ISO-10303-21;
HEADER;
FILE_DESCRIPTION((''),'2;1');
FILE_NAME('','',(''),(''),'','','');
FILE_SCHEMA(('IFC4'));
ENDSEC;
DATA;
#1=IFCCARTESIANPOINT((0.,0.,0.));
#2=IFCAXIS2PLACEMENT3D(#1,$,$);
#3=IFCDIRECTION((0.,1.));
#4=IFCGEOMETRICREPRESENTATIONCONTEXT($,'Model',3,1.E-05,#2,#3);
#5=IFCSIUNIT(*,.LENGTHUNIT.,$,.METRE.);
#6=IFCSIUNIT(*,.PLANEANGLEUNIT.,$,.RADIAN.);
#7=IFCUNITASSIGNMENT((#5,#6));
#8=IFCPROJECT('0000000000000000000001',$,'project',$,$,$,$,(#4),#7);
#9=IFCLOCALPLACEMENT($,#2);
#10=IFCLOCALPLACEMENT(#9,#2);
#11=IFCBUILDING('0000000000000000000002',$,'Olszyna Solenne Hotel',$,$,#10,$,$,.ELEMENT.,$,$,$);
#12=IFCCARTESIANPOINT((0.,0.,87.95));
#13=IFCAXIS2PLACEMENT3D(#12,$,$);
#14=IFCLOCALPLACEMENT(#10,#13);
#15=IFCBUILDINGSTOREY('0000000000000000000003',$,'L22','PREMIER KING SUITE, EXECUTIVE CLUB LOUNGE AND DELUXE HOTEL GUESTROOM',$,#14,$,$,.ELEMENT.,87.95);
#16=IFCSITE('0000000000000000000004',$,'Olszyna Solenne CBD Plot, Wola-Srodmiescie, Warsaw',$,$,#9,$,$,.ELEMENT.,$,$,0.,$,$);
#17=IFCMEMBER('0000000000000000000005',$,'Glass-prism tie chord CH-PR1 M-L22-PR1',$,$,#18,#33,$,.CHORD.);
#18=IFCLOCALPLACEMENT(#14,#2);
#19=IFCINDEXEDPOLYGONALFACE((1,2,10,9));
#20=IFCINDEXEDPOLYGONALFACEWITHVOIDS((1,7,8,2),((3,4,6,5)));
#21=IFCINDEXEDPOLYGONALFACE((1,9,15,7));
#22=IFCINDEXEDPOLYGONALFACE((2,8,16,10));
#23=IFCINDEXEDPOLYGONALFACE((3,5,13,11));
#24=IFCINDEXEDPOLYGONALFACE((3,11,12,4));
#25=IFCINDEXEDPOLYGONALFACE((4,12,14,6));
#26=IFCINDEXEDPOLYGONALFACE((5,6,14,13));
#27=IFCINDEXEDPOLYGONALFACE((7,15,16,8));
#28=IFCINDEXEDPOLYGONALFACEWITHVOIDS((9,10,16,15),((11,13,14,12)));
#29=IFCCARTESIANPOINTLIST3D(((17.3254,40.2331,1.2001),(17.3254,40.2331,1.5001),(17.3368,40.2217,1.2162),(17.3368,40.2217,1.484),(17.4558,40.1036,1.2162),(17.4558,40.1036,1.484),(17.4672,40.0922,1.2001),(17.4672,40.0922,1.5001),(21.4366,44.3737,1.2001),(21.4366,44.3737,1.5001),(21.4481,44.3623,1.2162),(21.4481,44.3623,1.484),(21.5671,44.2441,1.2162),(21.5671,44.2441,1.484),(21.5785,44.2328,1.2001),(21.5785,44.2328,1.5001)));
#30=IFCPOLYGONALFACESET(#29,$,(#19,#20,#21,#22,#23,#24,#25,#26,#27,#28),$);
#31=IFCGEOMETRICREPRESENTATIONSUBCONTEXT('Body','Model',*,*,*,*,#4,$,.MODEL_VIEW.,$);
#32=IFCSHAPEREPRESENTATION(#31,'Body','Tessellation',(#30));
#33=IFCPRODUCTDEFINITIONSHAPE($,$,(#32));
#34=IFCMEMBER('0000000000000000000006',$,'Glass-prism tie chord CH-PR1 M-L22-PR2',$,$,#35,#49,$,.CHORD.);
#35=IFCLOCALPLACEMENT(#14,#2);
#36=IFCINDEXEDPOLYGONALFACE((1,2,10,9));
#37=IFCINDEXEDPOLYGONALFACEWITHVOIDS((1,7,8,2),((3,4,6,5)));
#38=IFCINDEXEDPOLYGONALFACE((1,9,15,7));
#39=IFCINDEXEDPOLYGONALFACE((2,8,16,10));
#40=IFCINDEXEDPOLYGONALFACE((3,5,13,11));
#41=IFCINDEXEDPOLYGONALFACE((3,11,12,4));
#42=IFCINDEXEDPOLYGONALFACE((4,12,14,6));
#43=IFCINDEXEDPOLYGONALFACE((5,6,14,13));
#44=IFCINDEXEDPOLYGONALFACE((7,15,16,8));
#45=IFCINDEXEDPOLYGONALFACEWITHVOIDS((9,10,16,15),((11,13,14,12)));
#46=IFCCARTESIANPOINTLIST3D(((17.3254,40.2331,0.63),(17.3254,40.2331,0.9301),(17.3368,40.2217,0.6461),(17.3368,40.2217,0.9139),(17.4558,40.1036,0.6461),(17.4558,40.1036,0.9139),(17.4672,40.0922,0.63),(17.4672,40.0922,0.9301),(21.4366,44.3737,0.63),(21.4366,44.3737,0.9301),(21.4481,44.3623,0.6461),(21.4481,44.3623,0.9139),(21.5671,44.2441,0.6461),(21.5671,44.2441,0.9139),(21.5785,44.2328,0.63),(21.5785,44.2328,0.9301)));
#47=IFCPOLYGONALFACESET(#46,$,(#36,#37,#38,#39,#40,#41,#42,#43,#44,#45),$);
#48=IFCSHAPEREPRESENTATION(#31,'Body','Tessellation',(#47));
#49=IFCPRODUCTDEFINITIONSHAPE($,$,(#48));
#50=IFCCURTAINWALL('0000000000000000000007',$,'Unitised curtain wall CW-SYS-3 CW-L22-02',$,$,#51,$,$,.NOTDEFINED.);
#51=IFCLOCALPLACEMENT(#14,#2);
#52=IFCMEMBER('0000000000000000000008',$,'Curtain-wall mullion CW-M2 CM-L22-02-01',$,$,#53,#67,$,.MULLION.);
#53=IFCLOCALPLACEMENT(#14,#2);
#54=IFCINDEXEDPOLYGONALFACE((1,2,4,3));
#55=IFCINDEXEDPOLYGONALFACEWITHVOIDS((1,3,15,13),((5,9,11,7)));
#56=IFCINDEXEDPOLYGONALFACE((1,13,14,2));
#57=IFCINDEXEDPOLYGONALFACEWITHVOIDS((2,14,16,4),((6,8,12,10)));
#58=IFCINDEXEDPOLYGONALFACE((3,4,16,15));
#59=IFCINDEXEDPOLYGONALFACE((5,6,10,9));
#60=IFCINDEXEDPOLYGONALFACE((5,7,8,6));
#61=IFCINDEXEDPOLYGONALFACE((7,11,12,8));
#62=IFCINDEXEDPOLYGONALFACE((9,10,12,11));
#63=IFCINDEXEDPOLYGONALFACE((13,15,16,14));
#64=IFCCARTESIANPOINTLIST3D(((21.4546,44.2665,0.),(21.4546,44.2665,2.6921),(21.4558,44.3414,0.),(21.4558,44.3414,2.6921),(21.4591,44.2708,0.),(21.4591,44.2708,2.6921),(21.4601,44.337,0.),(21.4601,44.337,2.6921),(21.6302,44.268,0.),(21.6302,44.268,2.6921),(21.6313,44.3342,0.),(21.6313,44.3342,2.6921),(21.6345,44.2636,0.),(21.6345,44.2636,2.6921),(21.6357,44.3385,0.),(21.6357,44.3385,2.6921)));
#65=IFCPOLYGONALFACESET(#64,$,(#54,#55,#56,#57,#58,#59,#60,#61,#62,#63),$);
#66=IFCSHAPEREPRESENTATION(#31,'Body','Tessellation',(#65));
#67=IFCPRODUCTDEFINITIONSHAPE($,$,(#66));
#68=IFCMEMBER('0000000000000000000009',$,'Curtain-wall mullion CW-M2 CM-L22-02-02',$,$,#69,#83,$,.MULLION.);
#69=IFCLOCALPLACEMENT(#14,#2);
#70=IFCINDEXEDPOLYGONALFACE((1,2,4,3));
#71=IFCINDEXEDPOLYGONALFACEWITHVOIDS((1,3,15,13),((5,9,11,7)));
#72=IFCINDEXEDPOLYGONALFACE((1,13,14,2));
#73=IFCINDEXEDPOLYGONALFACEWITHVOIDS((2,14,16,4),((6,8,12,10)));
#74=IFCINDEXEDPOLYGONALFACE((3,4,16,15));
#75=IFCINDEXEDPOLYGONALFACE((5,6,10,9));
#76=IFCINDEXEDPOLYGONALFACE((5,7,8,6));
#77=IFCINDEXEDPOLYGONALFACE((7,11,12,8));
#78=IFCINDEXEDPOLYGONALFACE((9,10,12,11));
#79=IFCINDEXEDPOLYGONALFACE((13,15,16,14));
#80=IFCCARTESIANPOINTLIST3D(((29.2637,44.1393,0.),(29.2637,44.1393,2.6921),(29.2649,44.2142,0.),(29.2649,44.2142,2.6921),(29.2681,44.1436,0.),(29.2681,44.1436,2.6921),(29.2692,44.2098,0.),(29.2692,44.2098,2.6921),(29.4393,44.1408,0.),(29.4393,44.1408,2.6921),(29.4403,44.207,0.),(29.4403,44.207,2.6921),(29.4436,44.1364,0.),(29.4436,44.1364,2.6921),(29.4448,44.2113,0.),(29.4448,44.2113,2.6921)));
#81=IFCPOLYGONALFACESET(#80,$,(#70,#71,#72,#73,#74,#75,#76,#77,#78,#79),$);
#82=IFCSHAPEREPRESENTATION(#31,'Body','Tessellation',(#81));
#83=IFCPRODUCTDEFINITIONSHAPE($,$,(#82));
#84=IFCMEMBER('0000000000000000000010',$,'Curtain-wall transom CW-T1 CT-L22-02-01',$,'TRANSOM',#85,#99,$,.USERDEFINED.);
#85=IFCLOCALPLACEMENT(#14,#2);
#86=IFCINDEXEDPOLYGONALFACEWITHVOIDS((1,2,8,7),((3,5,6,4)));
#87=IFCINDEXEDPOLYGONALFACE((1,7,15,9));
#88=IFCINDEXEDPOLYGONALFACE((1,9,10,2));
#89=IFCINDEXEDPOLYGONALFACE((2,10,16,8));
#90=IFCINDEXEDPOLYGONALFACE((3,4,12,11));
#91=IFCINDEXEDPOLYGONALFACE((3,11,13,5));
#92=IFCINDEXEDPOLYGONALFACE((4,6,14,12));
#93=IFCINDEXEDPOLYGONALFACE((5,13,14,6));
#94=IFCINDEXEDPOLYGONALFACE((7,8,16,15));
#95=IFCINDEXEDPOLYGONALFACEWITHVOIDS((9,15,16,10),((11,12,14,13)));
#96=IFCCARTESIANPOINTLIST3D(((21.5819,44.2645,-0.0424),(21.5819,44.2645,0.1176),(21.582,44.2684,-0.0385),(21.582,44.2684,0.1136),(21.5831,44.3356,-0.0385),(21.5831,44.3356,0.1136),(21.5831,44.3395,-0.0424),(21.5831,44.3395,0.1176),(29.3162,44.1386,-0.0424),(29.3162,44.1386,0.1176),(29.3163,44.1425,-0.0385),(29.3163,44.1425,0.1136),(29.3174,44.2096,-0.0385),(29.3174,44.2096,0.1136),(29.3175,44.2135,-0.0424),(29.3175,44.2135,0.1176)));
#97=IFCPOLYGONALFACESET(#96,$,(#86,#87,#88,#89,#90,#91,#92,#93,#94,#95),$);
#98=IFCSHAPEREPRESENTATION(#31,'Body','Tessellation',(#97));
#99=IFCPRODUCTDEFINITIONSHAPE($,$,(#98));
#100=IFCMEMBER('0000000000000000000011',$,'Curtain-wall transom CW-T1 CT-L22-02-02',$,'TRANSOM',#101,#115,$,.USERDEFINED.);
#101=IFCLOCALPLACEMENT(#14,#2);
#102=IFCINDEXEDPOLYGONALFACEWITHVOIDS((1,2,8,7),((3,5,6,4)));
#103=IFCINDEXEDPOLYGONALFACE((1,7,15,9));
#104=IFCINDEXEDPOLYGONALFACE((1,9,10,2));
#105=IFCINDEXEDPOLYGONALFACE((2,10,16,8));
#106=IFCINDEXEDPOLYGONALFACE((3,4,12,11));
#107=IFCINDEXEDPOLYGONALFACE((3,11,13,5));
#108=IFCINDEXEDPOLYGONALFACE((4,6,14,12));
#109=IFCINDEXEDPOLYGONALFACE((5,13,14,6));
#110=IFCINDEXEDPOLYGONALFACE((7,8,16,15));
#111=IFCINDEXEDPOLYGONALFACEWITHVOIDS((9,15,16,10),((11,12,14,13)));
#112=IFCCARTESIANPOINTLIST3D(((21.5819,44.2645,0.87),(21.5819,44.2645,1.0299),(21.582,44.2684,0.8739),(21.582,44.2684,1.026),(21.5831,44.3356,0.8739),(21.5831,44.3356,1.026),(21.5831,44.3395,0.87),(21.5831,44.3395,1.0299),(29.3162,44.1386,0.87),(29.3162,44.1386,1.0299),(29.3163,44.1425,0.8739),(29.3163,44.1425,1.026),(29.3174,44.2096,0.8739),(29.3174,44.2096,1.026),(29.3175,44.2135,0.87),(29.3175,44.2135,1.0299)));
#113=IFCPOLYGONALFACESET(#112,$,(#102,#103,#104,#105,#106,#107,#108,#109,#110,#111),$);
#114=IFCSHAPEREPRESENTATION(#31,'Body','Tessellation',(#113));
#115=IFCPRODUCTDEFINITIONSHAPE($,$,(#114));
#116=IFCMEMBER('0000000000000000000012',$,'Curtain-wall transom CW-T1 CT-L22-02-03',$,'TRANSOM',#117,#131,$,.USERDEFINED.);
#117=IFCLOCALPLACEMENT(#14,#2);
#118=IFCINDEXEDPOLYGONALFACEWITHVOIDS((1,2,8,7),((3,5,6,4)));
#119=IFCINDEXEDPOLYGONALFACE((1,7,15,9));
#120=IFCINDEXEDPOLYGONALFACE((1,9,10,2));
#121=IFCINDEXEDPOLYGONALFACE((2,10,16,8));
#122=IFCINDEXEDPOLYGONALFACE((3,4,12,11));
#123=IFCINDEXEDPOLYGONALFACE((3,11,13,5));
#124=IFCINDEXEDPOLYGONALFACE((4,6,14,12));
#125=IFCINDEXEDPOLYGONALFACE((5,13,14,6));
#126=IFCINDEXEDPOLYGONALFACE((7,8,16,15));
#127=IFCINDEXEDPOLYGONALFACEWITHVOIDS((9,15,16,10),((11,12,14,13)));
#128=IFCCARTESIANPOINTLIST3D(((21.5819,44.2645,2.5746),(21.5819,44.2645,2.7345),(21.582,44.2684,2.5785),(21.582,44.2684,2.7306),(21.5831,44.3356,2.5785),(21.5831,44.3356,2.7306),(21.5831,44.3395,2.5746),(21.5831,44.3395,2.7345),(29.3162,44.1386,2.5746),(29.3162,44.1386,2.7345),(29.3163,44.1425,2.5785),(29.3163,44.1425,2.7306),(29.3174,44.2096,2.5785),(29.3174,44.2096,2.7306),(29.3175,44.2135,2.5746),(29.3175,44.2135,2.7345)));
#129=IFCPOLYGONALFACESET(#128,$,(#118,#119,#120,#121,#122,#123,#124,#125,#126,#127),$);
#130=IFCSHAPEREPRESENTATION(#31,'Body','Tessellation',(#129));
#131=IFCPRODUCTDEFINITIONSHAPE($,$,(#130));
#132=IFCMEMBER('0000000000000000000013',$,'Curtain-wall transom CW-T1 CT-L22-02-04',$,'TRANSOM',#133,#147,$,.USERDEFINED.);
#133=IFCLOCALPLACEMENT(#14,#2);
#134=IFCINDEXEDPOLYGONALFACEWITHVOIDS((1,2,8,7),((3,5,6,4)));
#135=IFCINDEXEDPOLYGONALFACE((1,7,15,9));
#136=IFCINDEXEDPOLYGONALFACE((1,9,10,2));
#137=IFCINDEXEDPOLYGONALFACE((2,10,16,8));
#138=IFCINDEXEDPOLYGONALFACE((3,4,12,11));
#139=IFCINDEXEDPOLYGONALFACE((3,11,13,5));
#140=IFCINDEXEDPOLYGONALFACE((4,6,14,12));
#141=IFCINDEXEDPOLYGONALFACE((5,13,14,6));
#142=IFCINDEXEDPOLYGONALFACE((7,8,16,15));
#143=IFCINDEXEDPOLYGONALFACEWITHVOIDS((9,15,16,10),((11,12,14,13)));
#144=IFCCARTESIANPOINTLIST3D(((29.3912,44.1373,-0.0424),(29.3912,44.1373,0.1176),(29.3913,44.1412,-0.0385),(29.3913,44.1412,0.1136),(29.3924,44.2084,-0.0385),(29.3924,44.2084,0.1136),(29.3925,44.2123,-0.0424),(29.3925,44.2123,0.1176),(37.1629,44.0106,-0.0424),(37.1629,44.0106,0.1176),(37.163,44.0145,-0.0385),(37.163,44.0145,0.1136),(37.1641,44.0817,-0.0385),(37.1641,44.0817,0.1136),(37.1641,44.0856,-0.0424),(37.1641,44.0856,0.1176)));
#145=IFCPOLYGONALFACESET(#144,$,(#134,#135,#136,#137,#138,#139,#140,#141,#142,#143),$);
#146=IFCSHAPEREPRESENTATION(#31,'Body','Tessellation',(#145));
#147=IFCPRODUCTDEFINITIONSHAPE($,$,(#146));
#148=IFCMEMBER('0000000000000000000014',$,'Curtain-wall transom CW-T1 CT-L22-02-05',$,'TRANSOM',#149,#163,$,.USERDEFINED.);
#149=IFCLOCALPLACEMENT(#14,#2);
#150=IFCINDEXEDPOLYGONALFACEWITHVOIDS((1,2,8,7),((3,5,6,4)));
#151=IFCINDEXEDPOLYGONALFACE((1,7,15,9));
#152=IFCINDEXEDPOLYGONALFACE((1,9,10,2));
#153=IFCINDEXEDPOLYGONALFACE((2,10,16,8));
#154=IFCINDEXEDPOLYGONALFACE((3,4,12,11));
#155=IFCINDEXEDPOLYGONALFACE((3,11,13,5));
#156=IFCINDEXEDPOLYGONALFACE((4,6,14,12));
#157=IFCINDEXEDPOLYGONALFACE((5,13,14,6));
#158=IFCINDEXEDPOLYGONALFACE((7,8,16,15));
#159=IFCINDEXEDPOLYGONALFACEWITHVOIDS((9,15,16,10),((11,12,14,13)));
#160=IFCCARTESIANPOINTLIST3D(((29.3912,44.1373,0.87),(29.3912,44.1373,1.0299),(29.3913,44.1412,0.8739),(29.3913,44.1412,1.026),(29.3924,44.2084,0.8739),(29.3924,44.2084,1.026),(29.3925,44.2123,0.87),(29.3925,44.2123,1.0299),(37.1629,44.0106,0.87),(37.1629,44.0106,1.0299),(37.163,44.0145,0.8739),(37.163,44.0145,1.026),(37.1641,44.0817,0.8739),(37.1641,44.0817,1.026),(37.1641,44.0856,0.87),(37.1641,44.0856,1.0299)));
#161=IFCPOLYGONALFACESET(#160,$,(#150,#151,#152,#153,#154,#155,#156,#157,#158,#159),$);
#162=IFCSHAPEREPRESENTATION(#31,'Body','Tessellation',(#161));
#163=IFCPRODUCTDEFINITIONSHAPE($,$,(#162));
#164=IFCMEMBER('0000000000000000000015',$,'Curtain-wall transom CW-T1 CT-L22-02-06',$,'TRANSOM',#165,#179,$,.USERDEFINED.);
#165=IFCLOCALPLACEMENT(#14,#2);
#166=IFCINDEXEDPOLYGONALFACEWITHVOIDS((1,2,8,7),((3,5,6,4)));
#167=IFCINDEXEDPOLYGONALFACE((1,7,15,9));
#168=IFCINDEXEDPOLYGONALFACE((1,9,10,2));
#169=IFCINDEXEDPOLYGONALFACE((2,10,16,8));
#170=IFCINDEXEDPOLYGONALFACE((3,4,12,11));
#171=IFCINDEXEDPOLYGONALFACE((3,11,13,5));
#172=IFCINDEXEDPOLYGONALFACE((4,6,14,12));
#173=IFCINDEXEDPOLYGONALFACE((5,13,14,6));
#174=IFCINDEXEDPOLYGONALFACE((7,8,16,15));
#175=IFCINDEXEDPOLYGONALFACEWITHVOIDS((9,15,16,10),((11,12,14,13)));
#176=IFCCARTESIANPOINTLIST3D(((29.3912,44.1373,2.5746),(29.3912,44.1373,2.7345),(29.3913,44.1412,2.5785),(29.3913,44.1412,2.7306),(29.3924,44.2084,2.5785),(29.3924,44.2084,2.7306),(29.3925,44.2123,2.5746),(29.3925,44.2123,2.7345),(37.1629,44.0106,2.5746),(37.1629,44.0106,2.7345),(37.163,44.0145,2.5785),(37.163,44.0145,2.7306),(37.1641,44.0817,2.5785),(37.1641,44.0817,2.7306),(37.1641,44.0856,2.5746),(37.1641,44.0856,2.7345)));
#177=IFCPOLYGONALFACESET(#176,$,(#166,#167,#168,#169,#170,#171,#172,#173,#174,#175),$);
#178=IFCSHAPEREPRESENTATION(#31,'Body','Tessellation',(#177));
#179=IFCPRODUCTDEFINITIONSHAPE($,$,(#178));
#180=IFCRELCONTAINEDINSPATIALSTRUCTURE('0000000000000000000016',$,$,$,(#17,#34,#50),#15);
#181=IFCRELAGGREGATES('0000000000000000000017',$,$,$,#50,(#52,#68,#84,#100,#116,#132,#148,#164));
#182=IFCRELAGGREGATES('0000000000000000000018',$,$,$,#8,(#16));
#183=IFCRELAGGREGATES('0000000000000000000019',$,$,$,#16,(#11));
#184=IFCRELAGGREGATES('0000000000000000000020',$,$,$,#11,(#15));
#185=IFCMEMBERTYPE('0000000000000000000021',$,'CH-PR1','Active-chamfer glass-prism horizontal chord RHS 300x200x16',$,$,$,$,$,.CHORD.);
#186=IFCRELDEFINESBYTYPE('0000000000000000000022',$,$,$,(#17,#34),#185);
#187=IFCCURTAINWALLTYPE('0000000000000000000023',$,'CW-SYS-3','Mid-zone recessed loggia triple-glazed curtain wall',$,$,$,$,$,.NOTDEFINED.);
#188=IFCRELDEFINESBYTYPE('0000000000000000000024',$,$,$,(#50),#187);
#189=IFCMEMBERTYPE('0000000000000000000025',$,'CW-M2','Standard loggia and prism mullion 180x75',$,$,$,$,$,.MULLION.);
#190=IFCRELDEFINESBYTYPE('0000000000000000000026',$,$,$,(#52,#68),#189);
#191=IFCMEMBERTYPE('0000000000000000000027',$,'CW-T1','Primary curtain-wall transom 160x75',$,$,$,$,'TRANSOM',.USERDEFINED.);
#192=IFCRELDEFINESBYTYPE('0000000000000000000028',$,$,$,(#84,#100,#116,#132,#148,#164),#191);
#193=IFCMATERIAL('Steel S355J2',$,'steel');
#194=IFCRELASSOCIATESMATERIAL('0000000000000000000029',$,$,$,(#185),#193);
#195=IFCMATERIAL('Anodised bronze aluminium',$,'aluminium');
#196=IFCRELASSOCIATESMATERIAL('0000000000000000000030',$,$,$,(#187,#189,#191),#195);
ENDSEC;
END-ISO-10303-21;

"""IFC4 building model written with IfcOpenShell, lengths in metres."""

from ifc_helpers import new_model, si_unit, direction, frame, origin, origin_2d, place, context, subcontext, project, spatial, hollow_rectangle, extrude, source, transform, mapped, material, material_profile, profile_set, type_object, element, aggregate, save


model = new_model("IFC4")

# Units and contexts
model_context = context("Model", 3, precision=1e-05, world=origin(), true_north=direction((0.0, 1.0)))
body_context = subcontext(model_context, "Body", "Model", "MODEL_VIEW")
ifc_project = project(units=[si_unit("LENGTHUNIT", "METRE"), si_unit("PLANEANGLEUNIT", "RADIAN")], contexts=[model_context])

# Site, building, storey
site_placement = place(None, origin())
site = spatial("IfcSite", under=ifc_project, at=site_placement, Name="Olszyna Solenne CBD Plot, Wola-Srodmiescie, Warsaw", CompositionType="ELEMENT", RefElevation=0.0)
building_placement = place(site_placement, origin())
building = spatial("IfcBuilding", under=site, at=building_placement, Name="Olszyna Solenne Hotel", CompositionType="ELEMENT")
storey_placement = place(building_placement, frame((0.0, 0.0, 87.95)))
storey = spatial("IfcBuildingStorey", under=building, at=storey_placement, Name="L22", Description="PREMIER KING SUITE, EXECUTIVE CLUB LOUNGE AND DELUXE HOTEL GUESTROOM", CompositionType="ELEMENT", Elevation=87.95)

# Shared definitions
ifc_material_1 = material(Name="Steel S355J2", Category="steel")

# Members
ifc_material_profile_1 = material_profile(ifc_material_1, hollow_rectangle(XDim=0.2, YDim=0.3, WallThickness=0.0161, at=origin_2d()), Name="RHS 300x200x16", Category="load-bearing")
ifc_profile_set_1 = profile_set([ifc_material_profile_1], Name="Steel S355J2")
member_type_1 = type_object("IfcMemberType", Name="CH-PR1", Description="Active-chamfer glass-prism horizontal chord RHS 300x200x16", PredefinedType="CHORD", material=ifc_profile_set_1)
shared_shape_1 = source(origin(), body_context, "Body", "SweptSolid", [
    extrude(hollow_rectangle(XDim=0.2, YDim=0.3, WallThickness=0.0161, at=origin_2d()), origin(), (0.0, 0.0, 1.0), 5.835),
])
for number, where, z_axis, x_axis, name in (
    (1, (21.5076, 44.3032, 1.3501), (-0.704592, -0.709613, 0.0), (0.709613, -0.704592, 0.0), "Glass-prism tie chord CH-PR1 M-L22-PR1"),
    (2, (21.5076, 44.3032, 0.78), (-0.704592, -0.709613, 0.0), (0.709613, -0.704592, 0.0), "Glass-prism tie chord CH-PR1 M-L22-PR2"),
):
    element("IfcMember", number, at=place(storey_placement, frame(where, z_axis=z_axis, x_axis=x_axis)), inside=storey, type_object=member_type_1, Name=name, PredefinedType="CHORD", context=body_context, shape_type="MappedRepresentation", body=[
        mapped(shared_shape_1, transform((0.0, 0.0, 0.0), x_axis=(1.0, 0.0, 0.0), y_axis=(0.0, 1.0, 0.0), z_axis=(0.0, 0.0, 1.0), scale=1.0)),
    ])

# Curtain wall, members
ifc_material_2 = material(Name="Anodised bronze aluminium", Category="aluminium")
curtain_wall_type = type_object("IfcCurtainWallType", Name="CW-SYS-3", Description="Mid-zone recessed loggia triple-glazed curtain wall", PredefinedType="NOTDEFINED", material=ifc_material_2)
curtain_wall_placement = place(storey_placement, origin())
curtain_wall = element("IfcCurtainWall", 3, at=curtain_wall_placement, inside=storey, type_object=curtain_wall_type, Name="Unitised curtain wall CW-SYS-3 CW-L22-02", PredefinedType="NOTDEFINED")
ifc_material_profile_2 = material_profile(ifc_material_2, hollow_rectangle(XDim=0.075, YDim=0.1799, WallThickness=0.0044, at=origin_2d()), Name="MULL 180x75x4.5", Category="load-bearing")
ifc_profile_set_2 = profile_set([ifc_material_profile_2], Name="Anodised bronze aluminium")
member_type_2 = type_object("IfcMemberType", Name="CW-M2", Description="Standard loggia and prism mullion 180x75", PredefinedType="MULLION", material=ifc_profile_set_2)
shared_shape_2 = source(origin(), body_context, "Body", "SweptSolid", [
    extrude(hollow_rectangle(XDim=0.075, YDim=0.1799, WallThickness=0.0044, at=origin_2d()), origin(), (0.0, 0.0, 1.0), 2.6921),
])
member_1_placement = place(storey_placement, frame((21.5452, 44.3025, 0.0), z_axis=(0.0, 0.0, 1.0), x_axis=(0.016293, 0.999867, 0.0)))
member_1 = element("IfcMember", 4, at=member_1_placement, type_object=member_type_2, Name="Curtain-wall mullion CW-M2 CM-L22-02-01", PredefinedType="MULLION", context=body_context, shape_type="MappedRepresentation", body=[
    mapped(shared_shape_2, transform((0.0, 0.0, 0.0), x_axis=(1.0, 0.0, 0.0), y_axis=(0.0, 1.0, 0.0), z_axis=(0.0, 0.0, 1.0), scale=1.0)),
])
member_2_placement = place(storey_placement, frame((29.3542, 44.1753, 0.0), z_axis=(0.0, 0.0, 1.0), x_axis=(0.016293, 0.999867, 0.0)))
member_2 = element("IfcMember", 5, at=member_2_placement, type_object=member_type_2, Name="Curtain-wall mullion CW-M2 CM-L22-02-02", PredefinedType="MULLION", context=body_context, shape_type="MappedRepresentation", body=[
    mapped(shared_shape_2, transform((0.0, 0.0, 0.0), x_axis=(1.0, 0.0, 0.0), y_axis=(0.0, 1.0, 0.0), z_axis=(0.0, 0.0, 1.0), scale=1.0)),
])
ifc_material_profile_3 = material_profile(ifc_material_2, hollow_rectangle(XDim=0.075, YDim=0.1599, WallThickness=0.0039, at=origin_2d()), Name="TRAN 160x75x4", Category="load-bearing")
ifc_profile_set_3 = profile_set([ifc_material_profile_3], Name="Anodised bronze aluminium")
member_type_3 = type_object("IfcMemberType", Name="CW-T1", Description="Primary curtain-wall transom 160x75", ElementType="TRANSOM", PredefinedType="USERDEFINED", material=ifc_profile_set_3)
shared_shape_3 = source(origin(), body_context, "Body", "SweptSolid", [
    extrude(hollow_rectangle(XDim=0.075, YDim=0.1599, WallThickness=0.0039, at=origin_2d()), origin(), (0.0, 0.0, 1.0), 7.7354),
])
member_3_placement = place(storey_placement, frame((21.5825, 44.302, 0.0376), z_axis=(0.999867, -0.016286, 0.0), x_axis=(0.016286, 0.999867, 0.0)))
member_3 = element("IfcMember", 6, at=member_3_placement, type_object=member_type_3, Name="Curtain-wall transom CW-T1 CT-L22-02-01", ObjectType="TRANSOM", PredefinedType="USERDEFINED", context=body_context, shape_type="MappedRepresentation", body=[
    mapped(shared_shape_3, transform((0.0, 0.0, 0.0), x_axis=(1.0, 0.0, 0.0), y_axis=(0.0, 1.0, 0.0), z_axis=(0.0, 0.0, 1.0), scale=1.0)),
])
member_4_placement = place(storey_placement, frame((21.5825, 44.302, 0.95), z_axis=(0.999867, -0.016286, 0.0), x_axis=(0.016286, 0.999867, 0.0)))
member_4 = element("IfcMember", 7, at=member_4_placement, type_object=member_type_3, Name="Curtain-wall transom CW-T1 CT-L22-02-02", ObjectType="TRANSOM", PredefinedType="USERDEFINED", context=body_context, shape_type="MappedRepresentation", body=[
    mapped(shared_shape_3, transform((0.0, 0.0, 0.0), x_axis=(1.0, 0.0, 0.0), y_axis=(0.0, 1.0, 0.0), z_axis=(0.0, 0.0, 1.0), scale=1.0)),
])
member_5_placement = place(storey_placement, frame((21.5825, 44.302, 2.6545), z_axis=(0.999867, -0.016286, 0.0), x_axis=(0.016286, 0.999867, 0.0)))
member_5 = element("IfcMember", 8, at=member_5_placement, type_object=member_type_3, Name="Curtain-wall transom CW-T1 CT-L22-02-03", ObjectType="TRANSOM", PredefinedType="USERDEFINED", context=body_context, shape_type="MappedRepresentation", body=[
    mapped(shared_shape_3, transform((0.0, 0.0, 0.0), x_axis=(1.0, 0.0, 0.0), y_axis=(0.0, 1.0, 0.0), z_axis=(0.0, 0.0, 1.0), scale=1.0)),
])
shared_shape_4 = source(origin(), body_context, "Body", "SweptSolid", [
    extrude(hollow_rectangle(XDim=0.075, YDim=0.1599, WallThickness=0.0039, at=origin_2d()), origin(), (0.0, 0.0, 1.0), 7.7727),
])
member_6_placement = place(storey_placement, frame((29.3918, 44.1748, 0.0376), z_axis=(0.999867, -0.016302, 0.0), x_axis=(0.016302, 0.999867, 0.0)))
member_6 = element("IfcMember", 9, at=member_6_placement, type_object=member_type_3, Name="Curtain-wall transom CW-T1 CT-L22-02-04", ObjectType="TRANSOM", PredefinedType="USERDEFINED", context=body_context, shape_type="MappedRepresentation", body=[
    mapped(shared_shape_4, transform((0.0, 0.0, 0.0), x_axis=(1.0, 0.0, 0.0), y_axis=(0.0, 1.0, 0.0), z_axis=(0.0, 0.0, 1.0), scale=1.0)),
])
member_7_placement = place(storey_placement, frame((29.3918, 44.1748, 0.95), z_axis=(0.999867, -0.016302, 0.0), x_axis=(0.016302, 0.999867, 0.0)))
member_7 = element("IfcMember", 10, at=member_7_placement, type_object=member_type_3, Name="Curtain-wall transom CW-T1 CT-L22-02-05", ObjectType="TRANSOM", PredefinedType="USERDEFINED", context=body_context, shape_type="MappedRepresentation", body=[
    mapped(shared_shape_4, transform((0.0, 0.0, 0.0), x_axis=(1.0, 0.0, 0.0), y_axis=(0.0, 1.0, 0.0), z_axis=(0.0, 0.0, 1.0), scale=1.0)),
])
member_8_placement = place(storey_placement, frame((29.3918, 44.1748, 2.6545), z_axis=(0.999867, -0.016302, 0.0), x_axis=(0.016302, 0.999867, 0.0)))
member_8 = element("IfcMember", 11, at=member_8_placement, type_object=member_type_3, Name="Curtain-wall transom CW-T1 CT-L22-02-06", ObjectType="TRANSOM", PredefinedType="USERDEFINED", context=body_context, shape_type="MappedRepresentation", body=[
    mapped(shared_shape_4, transform((0.0, 0.0, 0.0), x_axis=(1.0, 0.0, 0.0), y_axis=(0.0, 1.0, 0.0), z_axis=(0.0, 0.0, 1.0), scale=1.0)),
])

aggregate(curtain_wall, [member_1, member_2, member_3, member_4, member_5, member_6, member_7, member_8])

save(model, "model.ifc")
